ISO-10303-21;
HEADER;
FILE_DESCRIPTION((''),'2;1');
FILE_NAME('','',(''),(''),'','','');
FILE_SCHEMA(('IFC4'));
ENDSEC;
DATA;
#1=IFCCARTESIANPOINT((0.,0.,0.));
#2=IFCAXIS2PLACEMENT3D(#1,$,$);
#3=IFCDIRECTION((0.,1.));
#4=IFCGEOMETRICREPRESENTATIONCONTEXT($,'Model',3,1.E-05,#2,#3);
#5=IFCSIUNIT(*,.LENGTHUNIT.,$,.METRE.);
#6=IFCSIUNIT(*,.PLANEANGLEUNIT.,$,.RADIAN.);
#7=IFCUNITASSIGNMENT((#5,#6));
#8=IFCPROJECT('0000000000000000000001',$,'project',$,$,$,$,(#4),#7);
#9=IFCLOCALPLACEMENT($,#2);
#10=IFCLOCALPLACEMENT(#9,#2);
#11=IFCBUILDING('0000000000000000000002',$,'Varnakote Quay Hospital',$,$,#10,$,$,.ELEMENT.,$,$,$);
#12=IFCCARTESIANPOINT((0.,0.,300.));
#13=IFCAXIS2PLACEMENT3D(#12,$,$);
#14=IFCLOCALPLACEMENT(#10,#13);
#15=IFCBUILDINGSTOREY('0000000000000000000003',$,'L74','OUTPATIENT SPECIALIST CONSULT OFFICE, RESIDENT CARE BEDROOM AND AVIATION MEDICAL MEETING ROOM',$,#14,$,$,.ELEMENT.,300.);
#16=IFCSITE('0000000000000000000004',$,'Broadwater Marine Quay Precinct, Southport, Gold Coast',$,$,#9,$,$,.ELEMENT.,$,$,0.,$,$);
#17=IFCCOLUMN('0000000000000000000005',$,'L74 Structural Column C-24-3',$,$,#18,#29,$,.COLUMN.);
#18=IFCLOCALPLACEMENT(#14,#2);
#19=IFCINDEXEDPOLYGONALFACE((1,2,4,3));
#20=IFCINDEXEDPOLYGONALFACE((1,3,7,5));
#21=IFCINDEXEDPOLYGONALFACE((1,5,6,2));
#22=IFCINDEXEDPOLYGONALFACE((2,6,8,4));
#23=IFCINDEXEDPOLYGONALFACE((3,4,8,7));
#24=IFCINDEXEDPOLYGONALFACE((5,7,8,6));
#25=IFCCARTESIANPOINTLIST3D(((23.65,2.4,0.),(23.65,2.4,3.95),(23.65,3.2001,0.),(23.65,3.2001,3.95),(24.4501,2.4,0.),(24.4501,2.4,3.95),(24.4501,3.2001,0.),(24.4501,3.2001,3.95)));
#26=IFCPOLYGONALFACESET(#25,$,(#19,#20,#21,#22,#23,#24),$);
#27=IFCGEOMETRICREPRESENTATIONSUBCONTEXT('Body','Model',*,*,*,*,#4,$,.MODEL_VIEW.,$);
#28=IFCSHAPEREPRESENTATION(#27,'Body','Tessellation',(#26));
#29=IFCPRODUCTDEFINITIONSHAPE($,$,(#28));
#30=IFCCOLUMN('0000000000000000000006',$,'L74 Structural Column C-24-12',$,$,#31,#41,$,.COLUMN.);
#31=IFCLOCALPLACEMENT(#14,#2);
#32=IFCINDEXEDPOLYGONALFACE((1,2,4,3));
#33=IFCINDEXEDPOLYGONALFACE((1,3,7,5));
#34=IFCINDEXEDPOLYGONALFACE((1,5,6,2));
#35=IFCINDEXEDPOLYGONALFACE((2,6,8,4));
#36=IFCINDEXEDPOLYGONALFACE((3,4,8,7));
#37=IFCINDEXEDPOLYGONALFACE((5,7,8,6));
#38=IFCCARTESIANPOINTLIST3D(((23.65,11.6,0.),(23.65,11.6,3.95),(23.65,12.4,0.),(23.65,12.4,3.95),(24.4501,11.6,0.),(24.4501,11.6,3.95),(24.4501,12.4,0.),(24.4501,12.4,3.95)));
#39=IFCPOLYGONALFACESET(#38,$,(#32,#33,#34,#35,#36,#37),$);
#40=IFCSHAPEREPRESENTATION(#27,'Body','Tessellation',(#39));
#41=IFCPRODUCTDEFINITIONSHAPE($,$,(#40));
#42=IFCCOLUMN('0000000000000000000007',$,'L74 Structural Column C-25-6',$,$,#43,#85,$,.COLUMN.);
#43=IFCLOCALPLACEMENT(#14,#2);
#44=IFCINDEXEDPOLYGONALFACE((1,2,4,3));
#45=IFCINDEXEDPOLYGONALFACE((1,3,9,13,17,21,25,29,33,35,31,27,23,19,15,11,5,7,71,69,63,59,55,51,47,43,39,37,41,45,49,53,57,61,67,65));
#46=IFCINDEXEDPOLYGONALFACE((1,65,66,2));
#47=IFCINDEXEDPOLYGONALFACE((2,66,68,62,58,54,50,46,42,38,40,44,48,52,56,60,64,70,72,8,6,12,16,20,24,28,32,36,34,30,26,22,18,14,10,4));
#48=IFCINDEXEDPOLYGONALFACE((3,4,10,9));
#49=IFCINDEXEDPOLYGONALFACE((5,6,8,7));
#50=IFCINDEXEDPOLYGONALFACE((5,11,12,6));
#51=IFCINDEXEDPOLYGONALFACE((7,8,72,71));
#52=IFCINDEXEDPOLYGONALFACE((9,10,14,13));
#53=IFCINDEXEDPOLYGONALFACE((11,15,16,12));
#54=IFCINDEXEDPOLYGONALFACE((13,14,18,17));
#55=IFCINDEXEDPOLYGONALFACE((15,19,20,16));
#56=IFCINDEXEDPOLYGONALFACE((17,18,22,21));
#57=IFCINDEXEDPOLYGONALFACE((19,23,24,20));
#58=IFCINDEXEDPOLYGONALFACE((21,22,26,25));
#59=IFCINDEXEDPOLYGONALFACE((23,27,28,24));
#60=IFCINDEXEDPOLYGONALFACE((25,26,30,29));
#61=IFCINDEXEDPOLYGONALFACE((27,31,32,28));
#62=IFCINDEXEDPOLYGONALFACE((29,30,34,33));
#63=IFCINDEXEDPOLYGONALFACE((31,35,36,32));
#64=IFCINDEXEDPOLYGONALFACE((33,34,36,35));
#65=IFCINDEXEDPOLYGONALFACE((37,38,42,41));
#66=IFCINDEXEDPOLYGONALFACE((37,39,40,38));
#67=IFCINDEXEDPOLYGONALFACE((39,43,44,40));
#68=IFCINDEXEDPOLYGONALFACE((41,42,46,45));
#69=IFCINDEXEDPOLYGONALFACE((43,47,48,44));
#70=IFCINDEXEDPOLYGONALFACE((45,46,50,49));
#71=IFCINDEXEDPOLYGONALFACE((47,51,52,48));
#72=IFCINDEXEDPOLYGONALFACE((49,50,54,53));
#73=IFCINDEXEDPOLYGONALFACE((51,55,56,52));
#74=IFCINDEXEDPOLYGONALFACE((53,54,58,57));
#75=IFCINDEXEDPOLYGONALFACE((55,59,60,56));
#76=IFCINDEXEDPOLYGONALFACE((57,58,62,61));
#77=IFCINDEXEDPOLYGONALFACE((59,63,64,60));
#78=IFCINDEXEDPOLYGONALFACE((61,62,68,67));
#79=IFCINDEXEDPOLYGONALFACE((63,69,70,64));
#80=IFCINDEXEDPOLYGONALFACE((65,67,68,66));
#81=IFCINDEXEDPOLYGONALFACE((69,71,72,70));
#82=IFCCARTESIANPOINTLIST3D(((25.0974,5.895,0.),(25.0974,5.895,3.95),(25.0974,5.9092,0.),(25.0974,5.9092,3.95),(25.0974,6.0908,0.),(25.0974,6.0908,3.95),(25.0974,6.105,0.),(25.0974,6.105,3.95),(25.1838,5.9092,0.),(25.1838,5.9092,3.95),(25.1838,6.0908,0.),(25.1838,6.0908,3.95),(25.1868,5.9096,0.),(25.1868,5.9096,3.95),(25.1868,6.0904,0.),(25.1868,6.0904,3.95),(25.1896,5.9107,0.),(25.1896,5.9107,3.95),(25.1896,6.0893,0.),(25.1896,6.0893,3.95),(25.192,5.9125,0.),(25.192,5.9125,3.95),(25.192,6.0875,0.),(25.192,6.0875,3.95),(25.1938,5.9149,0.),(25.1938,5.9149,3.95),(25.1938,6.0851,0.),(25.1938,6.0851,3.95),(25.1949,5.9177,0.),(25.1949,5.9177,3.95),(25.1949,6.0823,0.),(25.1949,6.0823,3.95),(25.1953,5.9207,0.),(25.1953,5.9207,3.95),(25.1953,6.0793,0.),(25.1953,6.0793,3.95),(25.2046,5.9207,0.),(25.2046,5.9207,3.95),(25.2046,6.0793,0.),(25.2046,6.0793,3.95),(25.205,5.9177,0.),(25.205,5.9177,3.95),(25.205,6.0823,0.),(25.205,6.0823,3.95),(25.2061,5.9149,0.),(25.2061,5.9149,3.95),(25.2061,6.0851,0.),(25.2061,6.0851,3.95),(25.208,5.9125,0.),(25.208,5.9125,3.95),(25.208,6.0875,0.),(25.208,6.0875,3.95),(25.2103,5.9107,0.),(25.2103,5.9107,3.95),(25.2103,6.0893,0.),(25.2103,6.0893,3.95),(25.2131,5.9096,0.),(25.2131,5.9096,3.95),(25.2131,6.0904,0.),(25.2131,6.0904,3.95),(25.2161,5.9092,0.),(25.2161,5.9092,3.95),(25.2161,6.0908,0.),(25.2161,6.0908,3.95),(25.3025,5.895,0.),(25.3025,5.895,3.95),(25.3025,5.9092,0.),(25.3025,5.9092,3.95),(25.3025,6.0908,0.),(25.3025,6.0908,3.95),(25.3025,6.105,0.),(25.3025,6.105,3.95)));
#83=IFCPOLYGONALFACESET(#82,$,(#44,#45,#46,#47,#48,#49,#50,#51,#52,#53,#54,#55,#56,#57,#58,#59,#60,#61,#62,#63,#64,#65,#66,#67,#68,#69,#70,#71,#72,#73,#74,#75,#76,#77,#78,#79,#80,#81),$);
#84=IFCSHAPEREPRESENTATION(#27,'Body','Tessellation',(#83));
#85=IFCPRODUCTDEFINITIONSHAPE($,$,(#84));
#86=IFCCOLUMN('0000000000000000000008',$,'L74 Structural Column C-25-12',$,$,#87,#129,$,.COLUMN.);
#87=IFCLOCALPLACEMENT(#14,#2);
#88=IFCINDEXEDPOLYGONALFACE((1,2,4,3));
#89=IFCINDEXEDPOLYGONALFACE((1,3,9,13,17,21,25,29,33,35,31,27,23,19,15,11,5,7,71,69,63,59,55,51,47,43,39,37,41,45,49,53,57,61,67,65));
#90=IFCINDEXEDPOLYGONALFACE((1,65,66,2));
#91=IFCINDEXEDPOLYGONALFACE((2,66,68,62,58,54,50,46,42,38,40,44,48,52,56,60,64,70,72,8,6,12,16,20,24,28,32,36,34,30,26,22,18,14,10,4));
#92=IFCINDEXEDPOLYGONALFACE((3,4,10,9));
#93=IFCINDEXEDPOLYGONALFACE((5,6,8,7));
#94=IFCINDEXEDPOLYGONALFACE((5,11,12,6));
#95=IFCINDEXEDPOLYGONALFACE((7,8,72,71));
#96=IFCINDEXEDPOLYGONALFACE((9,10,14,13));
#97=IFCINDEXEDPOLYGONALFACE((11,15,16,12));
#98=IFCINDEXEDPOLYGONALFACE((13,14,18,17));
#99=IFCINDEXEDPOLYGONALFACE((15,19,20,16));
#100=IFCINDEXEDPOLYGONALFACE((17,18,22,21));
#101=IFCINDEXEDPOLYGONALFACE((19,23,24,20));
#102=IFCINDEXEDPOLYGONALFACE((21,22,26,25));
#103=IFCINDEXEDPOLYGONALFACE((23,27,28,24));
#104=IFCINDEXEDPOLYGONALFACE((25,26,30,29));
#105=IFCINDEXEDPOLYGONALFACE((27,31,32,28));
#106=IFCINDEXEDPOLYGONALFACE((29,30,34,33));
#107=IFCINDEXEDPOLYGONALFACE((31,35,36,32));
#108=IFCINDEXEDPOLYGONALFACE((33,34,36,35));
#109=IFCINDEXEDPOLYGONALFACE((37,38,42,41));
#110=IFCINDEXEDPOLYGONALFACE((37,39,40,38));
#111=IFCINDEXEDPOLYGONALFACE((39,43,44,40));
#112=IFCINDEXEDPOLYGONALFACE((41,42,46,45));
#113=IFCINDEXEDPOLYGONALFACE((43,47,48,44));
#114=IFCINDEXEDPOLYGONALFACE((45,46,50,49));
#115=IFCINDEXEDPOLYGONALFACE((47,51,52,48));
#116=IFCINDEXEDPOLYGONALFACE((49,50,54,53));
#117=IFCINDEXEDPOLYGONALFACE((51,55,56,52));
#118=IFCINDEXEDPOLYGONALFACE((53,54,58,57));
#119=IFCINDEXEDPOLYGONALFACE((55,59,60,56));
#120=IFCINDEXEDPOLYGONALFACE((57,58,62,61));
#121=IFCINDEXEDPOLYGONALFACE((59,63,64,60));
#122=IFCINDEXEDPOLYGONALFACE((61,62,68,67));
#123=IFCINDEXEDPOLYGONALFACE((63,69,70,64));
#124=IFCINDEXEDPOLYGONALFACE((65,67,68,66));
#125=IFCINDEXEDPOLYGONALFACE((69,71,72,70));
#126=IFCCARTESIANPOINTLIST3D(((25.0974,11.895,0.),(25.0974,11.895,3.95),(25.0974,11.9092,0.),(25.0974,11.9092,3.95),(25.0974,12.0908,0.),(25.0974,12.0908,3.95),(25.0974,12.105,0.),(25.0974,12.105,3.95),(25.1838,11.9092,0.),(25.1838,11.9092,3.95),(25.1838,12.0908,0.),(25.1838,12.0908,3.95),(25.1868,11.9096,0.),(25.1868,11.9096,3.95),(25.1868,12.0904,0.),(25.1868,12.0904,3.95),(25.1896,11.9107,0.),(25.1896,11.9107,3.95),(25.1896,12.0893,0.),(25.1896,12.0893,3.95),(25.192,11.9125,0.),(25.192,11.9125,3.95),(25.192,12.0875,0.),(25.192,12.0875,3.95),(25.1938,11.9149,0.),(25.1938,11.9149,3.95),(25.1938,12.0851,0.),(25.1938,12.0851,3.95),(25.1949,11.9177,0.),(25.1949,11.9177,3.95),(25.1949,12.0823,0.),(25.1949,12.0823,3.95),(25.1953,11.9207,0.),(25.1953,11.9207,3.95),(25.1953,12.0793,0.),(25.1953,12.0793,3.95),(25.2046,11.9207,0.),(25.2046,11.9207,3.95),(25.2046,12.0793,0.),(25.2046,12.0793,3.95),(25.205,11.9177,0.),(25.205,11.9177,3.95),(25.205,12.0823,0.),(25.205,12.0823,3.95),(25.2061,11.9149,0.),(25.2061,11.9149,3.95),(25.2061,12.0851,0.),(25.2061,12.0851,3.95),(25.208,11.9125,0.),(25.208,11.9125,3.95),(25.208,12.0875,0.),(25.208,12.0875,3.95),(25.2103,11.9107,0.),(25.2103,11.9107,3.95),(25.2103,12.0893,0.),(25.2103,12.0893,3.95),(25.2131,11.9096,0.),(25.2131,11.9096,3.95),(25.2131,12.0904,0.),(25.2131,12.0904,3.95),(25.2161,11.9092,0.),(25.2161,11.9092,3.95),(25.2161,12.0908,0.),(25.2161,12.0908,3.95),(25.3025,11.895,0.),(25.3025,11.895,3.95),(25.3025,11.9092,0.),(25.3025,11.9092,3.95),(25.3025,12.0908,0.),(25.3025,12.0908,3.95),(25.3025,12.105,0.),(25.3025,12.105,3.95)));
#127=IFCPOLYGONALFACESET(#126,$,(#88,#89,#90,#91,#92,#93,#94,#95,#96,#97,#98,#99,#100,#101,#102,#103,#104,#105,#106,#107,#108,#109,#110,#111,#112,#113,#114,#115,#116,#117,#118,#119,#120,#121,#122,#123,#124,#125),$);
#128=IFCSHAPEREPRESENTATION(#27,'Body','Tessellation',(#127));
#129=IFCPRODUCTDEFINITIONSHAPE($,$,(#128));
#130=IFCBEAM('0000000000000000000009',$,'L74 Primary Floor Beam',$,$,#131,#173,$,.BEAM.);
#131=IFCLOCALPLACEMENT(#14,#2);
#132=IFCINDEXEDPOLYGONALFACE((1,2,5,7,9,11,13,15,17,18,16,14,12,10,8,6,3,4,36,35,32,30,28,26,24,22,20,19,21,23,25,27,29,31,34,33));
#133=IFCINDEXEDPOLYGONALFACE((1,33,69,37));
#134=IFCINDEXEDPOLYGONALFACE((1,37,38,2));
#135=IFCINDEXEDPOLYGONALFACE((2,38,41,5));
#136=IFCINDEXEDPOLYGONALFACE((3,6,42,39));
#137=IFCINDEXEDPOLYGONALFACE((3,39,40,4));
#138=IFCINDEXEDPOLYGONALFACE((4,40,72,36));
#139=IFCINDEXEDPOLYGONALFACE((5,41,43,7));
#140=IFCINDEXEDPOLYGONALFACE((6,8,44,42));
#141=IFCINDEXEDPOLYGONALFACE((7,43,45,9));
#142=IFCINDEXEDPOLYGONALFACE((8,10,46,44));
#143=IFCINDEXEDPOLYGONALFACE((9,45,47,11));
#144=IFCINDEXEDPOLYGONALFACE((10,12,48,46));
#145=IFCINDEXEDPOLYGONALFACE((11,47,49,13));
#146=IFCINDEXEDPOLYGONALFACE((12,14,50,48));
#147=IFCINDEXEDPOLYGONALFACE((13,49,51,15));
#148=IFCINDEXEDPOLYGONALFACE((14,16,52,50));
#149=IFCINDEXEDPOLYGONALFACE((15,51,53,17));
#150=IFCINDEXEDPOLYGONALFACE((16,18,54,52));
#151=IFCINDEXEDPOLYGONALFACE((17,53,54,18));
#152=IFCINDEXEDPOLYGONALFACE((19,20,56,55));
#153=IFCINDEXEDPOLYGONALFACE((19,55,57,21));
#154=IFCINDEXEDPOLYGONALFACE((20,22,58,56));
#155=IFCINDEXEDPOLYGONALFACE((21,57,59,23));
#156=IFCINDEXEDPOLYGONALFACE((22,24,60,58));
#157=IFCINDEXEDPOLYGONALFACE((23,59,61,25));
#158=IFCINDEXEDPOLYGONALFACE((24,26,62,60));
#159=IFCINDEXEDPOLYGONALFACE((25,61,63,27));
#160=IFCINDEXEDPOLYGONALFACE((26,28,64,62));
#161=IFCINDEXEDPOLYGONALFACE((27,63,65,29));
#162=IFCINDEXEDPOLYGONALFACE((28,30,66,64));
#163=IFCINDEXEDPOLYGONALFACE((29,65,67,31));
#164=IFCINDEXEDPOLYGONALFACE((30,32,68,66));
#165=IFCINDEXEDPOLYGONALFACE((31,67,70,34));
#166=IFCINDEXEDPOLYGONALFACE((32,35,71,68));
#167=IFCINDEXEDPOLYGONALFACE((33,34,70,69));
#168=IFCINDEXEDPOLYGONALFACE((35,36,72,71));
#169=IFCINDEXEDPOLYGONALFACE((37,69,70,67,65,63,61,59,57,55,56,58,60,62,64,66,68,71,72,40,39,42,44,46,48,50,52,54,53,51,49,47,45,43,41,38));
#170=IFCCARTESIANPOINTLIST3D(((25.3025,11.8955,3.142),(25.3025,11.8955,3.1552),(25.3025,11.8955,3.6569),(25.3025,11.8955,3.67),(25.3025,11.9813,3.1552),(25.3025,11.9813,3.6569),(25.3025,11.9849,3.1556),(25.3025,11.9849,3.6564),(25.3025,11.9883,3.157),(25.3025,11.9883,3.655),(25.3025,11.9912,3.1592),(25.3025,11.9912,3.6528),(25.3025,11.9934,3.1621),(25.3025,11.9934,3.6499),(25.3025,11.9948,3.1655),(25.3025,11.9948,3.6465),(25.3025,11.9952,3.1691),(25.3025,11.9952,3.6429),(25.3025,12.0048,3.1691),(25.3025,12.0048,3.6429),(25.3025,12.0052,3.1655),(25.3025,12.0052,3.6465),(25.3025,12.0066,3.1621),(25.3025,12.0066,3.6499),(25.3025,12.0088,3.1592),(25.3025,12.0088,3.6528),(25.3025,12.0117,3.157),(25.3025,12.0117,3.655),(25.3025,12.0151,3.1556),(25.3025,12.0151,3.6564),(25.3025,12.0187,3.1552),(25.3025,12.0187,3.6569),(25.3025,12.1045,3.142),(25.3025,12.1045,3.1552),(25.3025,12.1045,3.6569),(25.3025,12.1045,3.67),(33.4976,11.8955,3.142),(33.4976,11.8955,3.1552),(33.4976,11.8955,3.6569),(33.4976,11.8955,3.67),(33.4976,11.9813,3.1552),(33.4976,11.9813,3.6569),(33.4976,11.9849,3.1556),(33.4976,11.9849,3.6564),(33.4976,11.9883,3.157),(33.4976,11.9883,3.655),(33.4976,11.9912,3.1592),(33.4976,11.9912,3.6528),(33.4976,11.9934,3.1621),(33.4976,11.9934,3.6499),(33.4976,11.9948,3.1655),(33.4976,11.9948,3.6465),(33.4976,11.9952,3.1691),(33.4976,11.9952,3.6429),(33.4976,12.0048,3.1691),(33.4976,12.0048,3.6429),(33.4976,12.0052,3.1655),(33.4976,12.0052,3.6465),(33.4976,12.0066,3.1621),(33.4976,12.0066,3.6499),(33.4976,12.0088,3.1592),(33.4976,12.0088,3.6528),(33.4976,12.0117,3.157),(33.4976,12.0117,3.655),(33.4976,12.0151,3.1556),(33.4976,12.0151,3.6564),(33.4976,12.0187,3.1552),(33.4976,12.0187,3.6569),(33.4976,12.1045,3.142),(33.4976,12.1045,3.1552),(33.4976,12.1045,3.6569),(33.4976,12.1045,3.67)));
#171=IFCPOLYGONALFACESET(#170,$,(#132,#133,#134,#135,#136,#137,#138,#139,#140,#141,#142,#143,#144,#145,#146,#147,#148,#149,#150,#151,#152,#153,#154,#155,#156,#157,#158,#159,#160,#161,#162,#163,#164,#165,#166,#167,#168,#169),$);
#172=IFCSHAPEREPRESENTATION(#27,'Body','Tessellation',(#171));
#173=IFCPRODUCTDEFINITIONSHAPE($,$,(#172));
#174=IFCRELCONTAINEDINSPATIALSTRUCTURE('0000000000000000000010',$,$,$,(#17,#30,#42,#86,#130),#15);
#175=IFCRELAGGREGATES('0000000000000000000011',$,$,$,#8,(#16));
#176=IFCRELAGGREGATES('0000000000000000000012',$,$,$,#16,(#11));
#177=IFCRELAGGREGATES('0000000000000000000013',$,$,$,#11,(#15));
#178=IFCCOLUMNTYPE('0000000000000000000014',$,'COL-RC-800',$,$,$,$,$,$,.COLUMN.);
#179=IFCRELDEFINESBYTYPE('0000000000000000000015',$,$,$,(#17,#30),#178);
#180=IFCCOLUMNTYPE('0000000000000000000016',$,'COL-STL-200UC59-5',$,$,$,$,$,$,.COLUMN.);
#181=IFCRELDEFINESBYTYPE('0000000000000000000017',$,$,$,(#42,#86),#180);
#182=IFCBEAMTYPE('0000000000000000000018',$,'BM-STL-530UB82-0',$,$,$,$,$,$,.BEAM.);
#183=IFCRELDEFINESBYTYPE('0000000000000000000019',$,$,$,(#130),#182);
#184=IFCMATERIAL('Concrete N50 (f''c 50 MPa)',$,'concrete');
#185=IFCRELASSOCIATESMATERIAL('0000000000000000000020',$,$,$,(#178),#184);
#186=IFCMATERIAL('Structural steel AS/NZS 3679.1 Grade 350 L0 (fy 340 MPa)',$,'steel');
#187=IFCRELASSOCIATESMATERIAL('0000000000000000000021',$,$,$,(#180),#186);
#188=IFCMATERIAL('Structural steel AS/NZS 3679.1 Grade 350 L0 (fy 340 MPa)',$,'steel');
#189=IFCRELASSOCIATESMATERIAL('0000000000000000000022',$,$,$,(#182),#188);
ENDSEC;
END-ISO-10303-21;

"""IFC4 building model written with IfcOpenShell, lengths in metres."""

from ifc_helpers import new_model, si_unit, direction, frame, origin, origin_2d, place, context, subcontext, project, spatial, rectangle, i_section, extrude, material, material_profile, profile_set, type_object, element, save


model = new_model("IFC4")

# Units and contexts
model_context = context("Model", 3, precision=1e-05, world=origin(), true_north=direction((0.0, 1.0)))
body_context = subcontext(model_context, "Body", "Model", "MODEL_VIEW")
ifc_project = project(units=[si_unit("LENGTHUNIT", "METRE"), si_unit("PLANEANGLEUNIT", "RADIAN")], contexts=[model_context])

# Site, building, storey
site_placement = place(None, origin())
site = spatial("IfcSite", under=ifc_project, at=site_placement, Name="Broadwater Marine Quay Precinct, Southport, Gold Coast", CompositionType="ELEMENT", RefElevation=0.0)
building_placement = place(site_placement, origin())
building = spatial("IfcBuilding", under=site, at=building_placement, Name="Varnakote Quay Hospital", CompositionType="ELEMENT")
storey_placement = place(building_placement, frame((0.0, 0.0, 300.0)))
storey = spatial("IfcBuildingStorey", under=building, at=storey_placement, Name="L74", Description="OUTPATIENT SPECIALIST CONSULT OFFICE, RESIDENT CARE BEDROOM AND AVIATION MEDICAL MEETING ROOM", CompositionType="ELEMENT", Elevation=300.0)

# Columns
ifc_material_1 = material(Name="Concrete N50 (f'c 50 MPa)", Category="concrete")
ifc_material_profile_1 = material_profile(ifc_material_1, rectangle(XDim=0.8, YDim=0.8, at=origin_2d()), Name="RC-COL-800x800")
ifc_profile_set_1 = profile_set([ifc_material_profile_1], Name="Concrete N50 (f'c 50 MPa)")
column_type_1 = type_object("IfcColumnType", Name="COL-RC-800", PredefinedType="COLUMN", material=ifc_profile_set_1)
for number, where, z_axis, x_axis, name in (
    (1, (24.05, 2.8, 0.0), (0.0, 0.0, 1.0), (1.0, 0.0, 0.0), "L74 Structural Column C-24-3"),
    (2, (24.05, 12.0, 0.0), (0.0, 0.0, 1.0), (1.0, 0.0, 0.0), "L74 Structural Column C-24-12"),
):
    element("IfcColumn", number, at=place(storey_placement, frame(where, z_axis=z_axis, x_axis=x_axis)), inside=storey, type_object=column_type_1, Name=name, PredefinedType="COLUMN", context=body_context, shape_type="SweptSolid", body=[
        extrude(rectangle(XDim=0.8, YDim=0.8, at=origin_2d()), origin(), (0.0, 0.0, 1.0), 3.95),
    ])
ifc_material_2 = material(Name="Structural steel AS/NZS 3679.1 Grade 350 L0 (fy 340 MPa)", Category="steel")
ifc_material_profile_2 = material_profile(ifc_material_2, i_section(OverallWidth=0.2051, OverallDepth=0.21, WebThickness=0.0093, FlangeThickness=0.0142, FilletRadius=0.0115, at=origin_2d()), Name="200UC59.5")
ifc_profile_set_2 = profile_set([ifc_material_profile_2], Name="Structural steel AS/NZS 3679.1 Grade 350 L0 (fy 340 MPa)")
column_type_2 = type_object("IfcColumnType", Name="COL-STL-200UC59-5", PredefinedType="COLUMN", material=ifc_profile_set_2)
for number, where, z_axis, x_axis, name in (
    (3, (25.2, 6.0, 0.0), (0.0, 0.0, 1.0), (1.0, 0.0, 0.0), "L74 Structural Column C-25-6"),
    (4, (25.2, 12.0, 0.0), (0.0, 0.0, 1.0), (1.0, 0.0, 0.0), "L74 Structural Column C-25-12"),
):
    element("IfcColumn", number, at=place(storey_placement, frame(where, z_axis=z_axis, x_axis=x_axis)), inside=storey, type_object=column_type_2, Name=name, PredefinedType="COLUMN", context=body_context, shape_type="SweptSolid", body=[
        extrude(i_section(OverallWidth=0.2051, OverallDepth=0.21, WebThickness=0.0093, FlangeThickness=0.0142, FilletRadius=0.0115, at=origin_2d()), origin(), (0.0, 0.0, 1.0), 3.95),
    ])

# Beam
ifc_material_3 = material(Name="Structural steel AS/NZS 3679.1 Grade 350 L0 (fy 340 MPa)", Category="steel")
ifc_material_profile_3 = material_profile(ifc_material_3, i_section(OverallWidth=0.209, OverallDepth=0.5281, WebThickness=0.0095, FlangeThickness=0.0132, FilletRadius=0.0139, at=origin_2d()), Name="530UB82.0")
ifc_profile_set_3 = profile_set([ifc_material_profile_3], Name="Structural steel AS/NZS 3679.1 Grade 350 L0 (fy 340 MPa)")
beam_type_1 = type_object("IfcBeamType", Name="BM-STL-530UB82-0", PredefinedType="BEAM", material=ifc_profile_set_3)
beam_1_placement = place(storey_placement, frame((25.3025, 12.0, 3.406), z_axis=(1.0, 0.0, 0.0), x_axis=(0.0, 1.0, 0.0)))
element("IfcBeam", 5, at=beam_1_placement, inside=storey, type_object=beam_type_1, Name="L74 Primary Floor Beam", PredefinedType="BEAM", context=body_context, shape_type="SweptSolid", body=[
    extrude(i_section(OverallWidth=0.209, OverallDepth=0.5281, WebThickness=0.0095, FlangeThickness=0.0132, FilletRadius=0.0139, at=origin_2d()), origin(), (0.0, 0.0, 1.0), 8.1951),
])

save(model, "model.ifc")
